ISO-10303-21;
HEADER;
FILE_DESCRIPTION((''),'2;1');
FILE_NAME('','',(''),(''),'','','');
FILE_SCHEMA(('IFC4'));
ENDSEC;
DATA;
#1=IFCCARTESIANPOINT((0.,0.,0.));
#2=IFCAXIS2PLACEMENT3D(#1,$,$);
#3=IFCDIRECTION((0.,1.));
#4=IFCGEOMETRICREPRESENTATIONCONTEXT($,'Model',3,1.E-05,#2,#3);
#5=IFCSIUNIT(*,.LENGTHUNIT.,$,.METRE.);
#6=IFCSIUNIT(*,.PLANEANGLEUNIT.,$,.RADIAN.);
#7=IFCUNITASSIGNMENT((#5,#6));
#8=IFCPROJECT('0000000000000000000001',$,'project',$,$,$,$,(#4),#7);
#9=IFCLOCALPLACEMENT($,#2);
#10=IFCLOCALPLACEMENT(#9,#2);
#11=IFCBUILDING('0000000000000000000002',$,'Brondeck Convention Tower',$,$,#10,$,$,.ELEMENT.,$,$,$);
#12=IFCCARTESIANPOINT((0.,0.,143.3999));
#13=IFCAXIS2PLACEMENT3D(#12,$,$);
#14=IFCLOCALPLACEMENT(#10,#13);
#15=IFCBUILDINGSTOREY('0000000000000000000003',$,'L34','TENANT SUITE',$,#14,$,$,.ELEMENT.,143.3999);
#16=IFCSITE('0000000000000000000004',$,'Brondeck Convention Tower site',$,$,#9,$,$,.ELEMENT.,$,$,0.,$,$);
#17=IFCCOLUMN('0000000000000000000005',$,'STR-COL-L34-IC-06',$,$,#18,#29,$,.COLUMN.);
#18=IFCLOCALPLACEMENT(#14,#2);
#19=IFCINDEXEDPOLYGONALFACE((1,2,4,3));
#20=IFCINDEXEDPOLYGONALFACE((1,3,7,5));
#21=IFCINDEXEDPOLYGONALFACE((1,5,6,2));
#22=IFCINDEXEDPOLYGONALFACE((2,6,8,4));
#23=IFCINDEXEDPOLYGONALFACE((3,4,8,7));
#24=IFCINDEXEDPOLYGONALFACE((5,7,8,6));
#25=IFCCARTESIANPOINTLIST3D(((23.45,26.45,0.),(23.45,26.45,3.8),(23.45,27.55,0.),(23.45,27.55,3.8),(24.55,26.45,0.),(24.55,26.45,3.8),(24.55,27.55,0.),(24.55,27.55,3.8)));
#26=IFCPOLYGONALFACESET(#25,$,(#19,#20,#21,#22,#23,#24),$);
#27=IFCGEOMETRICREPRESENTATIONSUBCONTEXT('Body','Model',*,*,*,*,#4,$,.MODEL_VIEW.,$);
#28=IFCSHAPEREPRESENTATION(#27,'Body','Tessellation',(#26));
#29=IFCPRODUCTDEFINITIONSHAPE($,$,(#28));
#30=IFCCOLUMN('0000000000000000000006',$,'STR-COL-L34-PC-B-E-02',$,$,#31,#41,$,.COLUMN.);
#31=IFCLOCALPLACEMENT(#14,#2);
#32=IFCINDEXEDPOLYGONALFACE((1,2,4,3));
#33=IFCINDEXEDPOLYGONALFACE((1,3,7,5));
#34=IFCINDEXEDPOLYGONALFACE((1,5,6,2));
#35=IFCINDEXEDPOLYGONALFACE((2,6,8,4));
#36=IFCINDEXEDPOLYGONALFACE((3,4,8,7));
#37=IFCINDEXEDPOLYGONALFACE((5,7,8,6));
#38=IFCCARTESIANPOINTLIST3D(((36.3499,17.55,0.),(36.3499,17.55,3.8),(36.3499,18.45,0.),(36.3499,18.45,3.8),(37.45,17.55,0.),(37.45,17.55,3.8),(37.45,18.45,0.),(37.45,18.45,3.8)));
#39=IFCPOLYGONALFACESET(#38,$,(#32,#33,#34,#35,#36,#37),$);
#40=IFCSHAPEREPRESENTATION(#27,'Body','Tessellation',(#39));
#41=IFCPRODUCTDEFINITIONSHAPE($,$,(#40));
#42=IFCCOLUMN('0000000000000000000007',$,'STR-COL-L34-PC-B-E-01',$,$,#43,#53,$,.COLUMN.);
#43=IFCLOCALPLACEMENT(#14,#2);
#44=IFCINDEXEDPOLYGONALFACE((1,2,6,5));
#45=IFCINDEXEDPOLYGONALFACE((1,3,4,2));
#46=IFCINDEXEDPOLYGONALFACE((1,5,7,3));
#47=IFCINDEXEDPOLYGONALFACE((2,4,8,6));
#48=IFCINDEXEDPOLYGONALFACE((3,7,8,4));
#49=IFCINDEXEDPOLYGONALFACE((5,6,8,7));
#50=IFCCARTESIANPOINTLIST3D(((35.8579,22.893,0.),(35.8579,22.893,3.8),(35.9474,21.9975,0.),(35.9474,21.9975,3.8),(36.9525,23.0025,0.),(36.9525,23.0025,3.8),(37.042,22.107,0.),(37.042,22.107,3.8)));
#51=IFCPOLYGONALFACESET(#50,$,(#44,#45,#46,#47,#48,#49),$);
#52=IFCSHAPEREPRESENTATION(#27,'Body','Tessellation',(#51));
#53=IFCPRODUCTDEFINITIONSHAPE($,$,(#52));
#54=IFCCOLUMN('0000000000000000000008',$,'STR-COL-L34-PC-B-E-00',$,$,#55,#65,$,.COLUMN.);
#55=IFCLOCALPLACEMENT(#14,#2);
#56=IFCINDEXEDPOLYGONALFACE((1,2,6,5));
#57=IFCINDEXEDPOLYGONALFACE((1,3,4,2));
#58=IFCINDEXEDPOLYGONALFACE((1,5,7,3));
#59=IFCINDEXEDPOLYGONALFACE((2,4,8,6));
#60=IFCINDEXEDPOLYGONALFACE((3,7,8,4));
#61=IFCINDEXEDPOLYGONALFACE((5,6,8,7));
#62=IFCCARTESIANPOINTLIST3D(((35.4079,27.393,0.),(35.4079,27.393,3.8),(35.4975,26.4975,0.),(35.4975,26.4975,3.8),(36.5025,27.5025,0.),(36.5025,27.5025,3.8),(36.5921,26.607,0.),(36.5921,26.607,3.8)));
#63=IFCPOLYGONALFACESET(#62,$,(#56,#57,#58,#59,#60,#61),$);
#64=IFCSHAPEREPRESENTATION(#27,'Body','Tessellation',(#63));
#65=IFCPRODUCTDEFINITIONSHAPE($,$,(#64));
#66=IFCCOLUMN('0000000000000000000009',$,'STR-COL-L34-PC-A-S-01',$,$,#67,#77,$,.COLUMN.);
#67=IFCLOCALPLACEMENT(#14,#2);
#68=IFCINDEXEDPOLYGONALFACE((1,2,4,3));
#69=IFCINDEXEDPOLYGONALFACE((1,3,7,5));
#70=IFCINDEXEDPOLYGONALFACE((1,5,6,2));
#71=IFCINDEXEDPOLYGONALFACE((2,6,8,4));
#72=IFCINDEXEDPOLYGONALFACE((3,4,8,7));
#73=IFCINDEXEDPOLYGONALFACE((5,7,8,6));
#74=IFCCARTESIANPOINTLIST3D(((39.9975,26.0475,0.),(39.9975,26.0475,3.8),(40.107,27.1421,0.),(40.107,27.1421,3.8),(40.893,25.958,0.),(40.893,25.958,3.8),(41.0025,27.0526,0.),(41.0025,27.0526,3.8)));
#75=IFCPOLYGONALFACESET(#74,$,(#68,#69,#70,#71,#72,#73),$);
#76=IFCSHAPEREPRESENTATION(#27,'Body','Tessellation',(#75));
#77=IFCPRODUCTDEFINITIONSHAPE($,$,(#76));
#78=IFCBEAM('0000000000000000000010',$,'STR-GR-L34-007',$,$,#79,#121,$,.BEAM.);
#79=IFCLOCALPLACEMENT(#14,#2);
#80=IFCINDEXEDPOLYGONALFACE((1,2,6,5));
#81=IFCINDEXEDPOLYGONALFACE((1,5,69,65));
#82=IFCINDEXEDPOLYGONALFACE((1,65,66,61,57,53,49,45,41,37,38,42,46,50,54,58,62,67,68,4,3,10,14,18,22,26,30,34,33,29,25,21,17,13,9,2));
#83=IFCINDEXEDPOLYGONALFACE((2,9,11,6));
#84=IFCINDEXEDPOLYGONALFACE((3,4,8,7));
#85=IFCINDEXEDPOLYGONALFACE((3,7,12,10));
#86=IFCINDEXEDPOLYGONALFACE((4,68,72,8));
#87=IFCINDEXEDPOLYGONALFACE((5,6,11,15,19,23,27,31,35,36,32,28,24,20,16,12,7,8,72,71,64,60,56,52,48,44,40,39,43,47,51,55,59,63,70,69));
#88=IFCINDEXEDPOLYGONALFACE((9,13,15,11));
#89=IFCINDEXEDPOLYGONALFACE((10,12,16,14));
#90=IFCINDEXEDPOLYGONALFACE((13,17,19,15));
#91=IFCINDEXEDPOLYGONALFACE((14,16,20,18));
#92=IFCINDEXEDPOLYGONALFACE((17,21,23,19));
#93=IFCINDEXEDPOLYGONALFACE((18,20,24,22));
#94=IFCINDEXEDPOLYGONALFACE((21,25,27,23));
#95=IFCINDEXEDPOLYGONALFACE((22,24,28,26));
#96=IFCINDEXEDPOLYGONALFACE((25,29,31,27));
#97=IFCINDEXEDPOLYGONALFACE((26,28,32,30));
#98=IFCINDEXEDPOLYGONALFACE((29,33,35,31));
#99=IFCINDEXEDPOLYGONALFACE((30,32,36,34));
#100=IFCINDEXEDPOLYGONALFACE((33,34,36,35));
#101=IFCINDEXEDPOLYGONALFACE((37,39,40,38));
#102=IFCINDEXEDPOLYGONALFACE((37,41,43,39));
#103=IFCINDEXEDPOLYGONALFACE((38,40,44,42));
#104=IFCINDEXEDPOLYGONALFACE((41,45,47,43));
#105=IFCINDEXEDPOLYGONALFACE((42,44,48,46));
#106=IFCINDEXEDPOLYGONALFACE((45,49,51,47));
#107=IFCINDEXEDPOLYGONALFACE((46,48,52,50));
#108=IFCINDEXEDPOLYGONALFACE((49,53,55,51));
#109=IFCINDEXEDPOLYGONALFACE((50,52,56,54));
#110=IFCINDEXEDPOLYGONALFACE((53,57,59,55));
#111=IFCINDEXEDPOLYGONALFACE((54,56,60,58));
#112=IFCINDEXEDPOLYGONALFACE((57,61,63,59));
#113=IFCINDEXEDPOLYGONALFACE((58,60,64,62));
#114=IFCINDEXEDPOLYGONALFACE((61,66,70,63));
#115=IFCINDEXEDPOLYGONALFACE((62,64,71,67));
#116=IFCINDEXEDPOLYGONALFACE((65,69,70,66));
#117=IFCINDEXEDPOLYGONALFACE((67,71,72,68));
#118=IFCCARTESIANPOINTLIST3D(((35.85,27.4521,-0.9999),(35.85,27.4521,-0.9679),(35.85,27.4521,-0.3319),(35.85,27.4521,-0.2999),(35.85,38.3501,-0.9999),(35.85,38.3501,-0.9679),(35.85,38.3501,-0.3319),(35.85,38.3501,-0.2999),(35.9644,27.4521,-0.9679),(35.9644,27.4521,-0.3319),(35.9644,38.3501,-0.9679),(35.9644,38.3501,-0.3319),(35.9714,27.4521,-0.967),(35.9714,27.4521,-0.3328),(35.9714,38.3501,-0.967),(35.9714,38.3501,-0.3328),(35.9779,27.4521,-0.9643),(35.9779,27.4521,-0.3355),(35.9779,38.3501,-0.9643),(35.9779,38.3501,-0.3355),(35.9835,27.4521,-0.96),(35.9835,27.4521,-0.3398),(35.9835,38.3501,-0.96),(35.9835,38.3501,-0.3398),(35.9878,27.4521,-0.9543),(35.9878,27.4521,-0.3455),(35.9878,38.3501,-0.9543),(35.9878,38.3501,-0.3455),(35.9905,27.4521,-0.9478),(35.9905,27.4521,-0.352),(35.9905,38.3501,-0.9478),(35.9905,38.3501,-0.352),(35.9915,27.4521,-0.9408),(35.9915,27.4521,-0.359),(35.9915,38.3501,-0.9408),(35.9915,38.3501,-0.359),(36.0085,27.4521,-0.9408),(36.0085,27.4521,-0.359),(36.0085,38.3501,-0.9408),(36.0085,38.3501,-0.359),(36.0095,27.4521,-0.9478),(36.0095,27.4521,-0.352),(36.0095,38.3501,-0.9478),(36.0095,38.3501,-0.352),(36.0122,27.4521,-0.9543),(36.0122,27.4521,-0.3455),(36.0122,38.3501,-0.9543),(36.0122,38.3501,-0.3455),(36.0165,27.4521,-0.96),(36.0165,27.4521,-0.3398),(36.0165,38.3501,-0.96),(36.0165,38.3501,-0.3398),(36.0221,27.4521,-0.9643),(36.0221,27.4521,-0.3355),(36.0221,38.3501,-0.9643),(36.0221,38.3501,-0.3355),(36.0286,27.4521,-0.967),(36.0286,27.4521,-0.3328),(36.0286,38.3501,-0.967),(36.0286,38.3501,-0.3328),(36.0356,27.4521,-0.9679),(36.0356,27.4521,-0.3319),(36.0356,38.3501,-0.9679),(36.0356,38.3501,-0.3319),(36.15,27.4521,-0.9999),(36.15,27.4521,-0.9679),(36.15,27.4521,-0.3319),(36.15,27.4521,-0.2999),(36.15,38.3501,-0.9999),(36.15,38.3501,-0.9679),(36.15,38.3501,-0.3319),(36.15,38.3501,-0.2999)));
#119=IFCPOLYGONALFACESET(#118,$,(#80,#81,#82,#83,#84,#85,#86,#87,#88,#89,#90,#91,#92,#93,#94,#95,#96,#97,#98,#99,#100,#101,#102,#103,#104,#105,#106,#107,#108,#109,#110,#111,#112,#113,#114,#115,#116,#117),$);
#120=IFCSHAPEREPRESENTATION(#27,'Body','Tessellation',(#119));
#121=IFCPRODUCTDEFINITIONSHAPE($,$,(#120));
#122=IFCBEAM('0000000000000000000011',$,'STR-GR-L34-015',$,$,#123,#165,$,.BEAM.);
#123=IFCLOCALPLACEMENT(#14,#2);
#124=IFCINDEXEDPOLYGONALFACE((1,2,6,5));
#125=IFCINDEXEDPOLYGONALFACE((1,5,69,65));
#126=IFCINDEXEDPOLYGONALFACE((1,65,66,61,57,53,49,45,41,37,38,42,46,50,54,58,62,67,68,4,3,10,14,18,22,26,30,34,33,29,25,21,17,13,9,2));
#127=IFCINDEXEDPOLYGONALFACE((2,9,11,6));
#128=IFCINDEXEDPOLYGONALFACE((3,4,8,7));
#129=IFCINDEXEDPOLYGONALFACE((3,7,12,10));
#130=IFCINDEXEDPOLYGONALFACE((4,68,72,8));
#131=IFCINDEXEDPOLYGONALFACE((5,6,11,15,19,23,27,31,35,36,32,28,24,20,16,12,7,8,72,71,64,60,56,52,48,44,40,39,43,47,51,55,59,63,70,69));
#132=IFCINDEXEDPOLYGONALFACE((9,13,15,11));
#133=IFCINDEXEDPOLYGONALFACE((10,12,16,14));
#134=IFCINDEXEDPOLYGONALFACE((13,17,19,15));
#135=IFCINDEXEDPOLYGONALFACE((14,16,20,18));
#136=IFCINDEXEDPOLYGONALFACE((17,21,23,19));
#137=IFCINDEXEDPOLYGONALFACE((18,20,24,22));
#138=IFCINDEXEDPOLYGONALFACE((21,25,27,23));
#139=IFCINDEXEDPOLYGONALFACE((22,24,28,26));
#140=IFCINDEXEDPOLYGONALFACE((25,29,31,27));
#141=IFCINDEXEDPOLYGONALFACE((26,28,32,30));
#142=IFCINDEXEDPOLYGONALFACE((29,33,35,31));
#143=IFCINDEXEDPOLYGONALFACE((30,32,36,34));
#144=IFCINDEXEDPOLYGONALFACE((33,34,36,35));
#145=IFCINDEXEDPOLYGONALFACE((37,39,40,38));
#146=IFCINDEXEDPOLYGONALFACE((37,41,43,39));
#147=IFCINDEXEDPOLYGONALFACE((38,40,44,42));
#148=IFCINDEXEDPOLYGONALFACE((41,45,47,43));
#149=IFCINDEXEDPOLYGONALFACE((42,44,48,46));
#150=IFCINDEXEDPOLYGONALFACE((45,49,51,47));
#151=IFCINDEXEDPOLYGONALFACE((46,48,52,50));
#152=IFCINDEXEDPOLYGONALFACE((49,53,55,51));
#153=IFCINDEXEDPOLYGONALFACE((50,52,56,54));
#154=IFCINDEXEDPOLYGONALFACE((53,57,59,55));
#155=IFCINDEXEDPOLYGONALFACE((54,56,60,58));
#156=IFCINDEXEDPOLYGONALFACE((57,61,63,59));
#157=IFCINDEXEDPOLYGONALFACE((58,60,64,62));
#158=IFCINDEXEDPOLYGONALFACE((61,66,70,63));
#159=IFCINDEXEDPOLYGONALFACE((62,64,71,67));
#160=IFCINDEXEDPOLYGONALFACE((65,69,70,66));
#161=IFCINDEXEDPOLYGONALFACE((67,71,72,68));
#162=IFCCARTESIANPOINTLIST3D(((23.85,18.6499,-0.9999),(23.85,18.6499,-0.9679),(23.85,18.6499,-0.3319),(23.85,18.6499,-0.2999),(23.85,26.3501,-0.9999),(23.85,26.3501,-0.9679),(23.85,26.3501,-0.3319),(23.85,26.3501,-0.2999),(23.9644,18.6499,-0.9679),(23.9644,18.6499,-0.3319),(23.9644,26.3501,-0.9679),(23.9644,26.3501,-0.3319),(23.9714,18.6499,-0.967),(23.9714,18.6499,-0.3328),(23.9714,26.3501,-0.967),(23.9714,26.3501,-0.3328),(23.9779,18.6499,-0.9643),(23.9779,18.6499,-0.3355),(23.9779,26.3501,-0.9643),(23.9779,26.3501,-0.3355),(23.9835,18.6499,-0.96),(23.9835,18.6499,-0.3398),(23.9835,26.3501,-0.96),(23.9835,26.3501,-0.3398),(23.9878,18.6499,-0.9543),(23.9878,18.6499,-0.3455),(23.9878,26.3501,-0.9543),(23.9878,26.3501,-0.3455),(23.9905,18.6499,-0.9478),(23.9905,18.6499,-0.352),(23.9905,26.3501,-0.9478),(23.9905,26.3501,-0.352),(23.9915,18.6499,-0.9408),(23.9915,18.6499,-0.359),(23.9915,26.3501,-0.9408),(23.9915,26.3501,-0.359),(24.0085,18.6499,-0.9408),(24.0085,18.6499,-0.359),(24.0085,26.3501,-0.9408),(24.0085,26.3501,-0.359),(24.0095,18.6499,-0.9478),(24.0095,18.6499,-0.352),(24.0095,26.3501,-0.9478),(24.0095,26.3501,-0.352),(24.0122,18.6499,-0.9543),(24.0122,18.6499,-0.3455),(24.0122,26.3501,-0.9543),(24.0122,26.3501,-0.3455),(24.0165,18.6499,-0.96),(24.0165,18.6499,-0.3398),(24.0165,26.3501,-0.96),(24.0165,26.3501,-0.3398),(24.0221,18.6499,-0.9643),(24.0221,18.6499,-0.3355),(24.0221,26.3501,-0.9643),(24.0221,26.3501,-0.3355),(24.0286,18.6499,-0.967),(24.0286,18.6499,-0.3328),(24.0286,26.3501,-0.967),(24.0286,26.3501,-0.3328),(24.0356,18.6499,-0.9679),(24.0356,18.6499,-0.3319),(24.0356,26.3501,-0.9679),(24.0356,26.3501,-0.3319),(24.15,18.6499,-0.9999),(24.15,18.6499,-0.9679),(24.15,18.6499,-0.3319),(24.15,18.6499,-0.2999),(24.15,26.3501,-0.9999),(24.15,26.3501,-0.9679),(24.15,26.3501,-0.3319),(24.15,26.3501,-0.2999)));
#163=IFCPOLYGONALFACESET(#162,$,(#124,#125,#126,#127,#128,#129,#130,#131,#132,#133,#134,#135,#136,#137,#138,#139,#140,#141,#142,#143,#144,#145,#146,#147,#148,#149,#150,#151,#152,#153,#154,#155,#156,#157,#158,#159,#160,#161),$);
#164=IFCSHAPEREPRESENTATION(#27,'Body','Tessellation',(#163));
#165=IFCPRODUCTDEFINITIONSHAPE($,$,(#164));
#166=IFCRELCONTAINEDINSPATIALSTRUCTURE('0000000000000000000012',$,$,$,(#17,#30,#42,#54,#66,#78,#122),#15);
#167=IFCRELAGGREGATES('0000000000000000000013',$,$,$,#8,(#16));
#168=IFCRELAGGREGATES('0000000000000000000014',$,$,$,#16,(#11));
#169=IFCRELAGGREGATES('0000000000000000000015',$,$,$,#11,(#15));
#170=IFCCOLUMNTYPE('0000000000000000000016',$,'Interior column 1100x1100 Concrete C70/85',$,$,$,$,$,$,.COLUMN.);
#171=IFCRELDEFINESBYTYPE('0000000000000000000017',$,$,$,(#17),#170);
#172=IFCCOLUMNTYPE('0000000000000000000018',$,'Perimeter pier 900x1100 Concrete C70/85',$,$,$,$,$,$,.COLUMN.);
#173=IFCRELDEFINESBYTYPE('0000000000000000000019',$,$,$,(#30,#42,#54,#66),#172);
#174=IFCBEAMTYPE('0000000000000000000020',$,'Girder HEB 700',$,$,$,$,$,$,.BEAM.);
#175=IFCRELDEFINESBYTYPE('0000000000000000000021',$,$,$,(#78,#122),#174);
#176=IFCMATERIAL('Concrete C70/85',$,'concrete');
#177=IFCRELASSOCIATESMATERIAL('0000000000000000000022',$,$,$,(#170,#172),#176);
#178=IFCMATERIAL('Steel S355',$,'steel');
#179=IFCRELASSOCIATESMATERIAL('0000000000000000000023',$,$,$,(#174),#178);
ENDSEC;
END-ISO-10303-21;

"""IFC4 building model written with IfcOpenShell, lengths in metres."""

from ifc_helpers import new_model, si_unit, direction, frame, origin, origin_2d, place, context, subcontext, project, spatial, rectangle, i_section, extrude, material, material_profile, profile_set, type_object, element, save


model = new_model("IFC4")

# Units and contexts
model_context = context("Model", 3, precision=1e-05, world=origin(), true_north=direction((0.0, 1.0)))
body_context = subcontext(model_context, "Body", "Model", "MODEL_VIEW")
ifc_project = project(units=[si_unit("LENGTHUNIT", "METRE"), si_unit("PLANEANGLEUNIT", "RADIAN")], contexts=[model_context])

# Site, building, storey
site_placement = place(None, origin())
site = spatial("IfcSite", under=ifc_project, at=site_placement, Name="Brondeck Convention Tower site", CompositionType="ELEMENT", RefElevation=0.0)
building_placement = place(site_placement, origin())
building = spatial("IfcBuilding", under=site, at=building_placement, Name="Brondeck Convention Tower", CompositionType="ELEMENT")
storey_placement = place(building_placement, frame((0.0, 0.0, 143.3999)))
storey = spatial("IfcBuildingStorey", under=building, at=storey_placement, Name="L34", Description="TENANT SUITE", CompositionType="ELEMENT", Elevation=143.3999)

# Columns
ifc_material_1 = material(Name="Concrete C70/85", Category="concrete")
ifc_material_profile_1 = material_profile(ifc_material_1, rectangle(XDim=1.1001, YDim=1.1001, at=origin_2d()), Name="Interior column 1100x1100 Concrete C70/85")
ifc_profile_set_1 = profile_set([ifc_material_profile_1], Name="Concrete C70/85")
column_type_1 = type_object("IfcColumnType", Name="Interior column 1100x1100 Concrete C70/85", PredefinedType="COLUMN", material=ifc_profile_set_1)
column_placement = place(storey_placement, frame((24.0, 27.0, 0.0), z_axis=(0.0, 0.0, 1.0), x_axis=(1.0, 0.0, 0.0)))
element("IfcColumn", 1, at=column_placement, inside=storey, type_object=column_type_1, Name="STR-COL-L34-IC-06", PredefinedType="COLUMN", context=body_context, shape_type="SweptSolid", body=[
    extrude(rectangle(XDim=1.1001, YDim=1.1001, at=origin_2d()), origin(), (0.0, 0.0, 1.0), 3.8),
])
ifc_material_profile_2 = material_profile(ifc_material_1, rectangle(XDim=0.8999, YDim=1.1001, at=origin_2d()), Name="Perimeter pier 900x1100 Concrete C70/85")
ifc_profile_set_2 = profile_set([ifc_material_profile_2], Name="Concrete C70/85")
column_type_2 = type_object("IfcColumnType", Name="Perimeter pier 900x1100 Concrete C70/85", PredefinedType="COLUMN", material=ifc_profile_set_2)
for number, where, z_axis, x_axis, name in (
    (2, (36.8999, 18.0, 0.0), (0.0, 0.0, 1.0), (0.0, 1.0, 0.0), "STR-COL-L34-PC-B-E-02"),
    (3, (36.45, 22.5, 0.0), (0.0, 0.0, 1.0), (-0.099504, 0.995037, 0.0), "STR-COL-L34-PC-B-E-01"),
    (4, (36.0, 27.0, 0.0), (0.0, 0.0, 1.0), (-0.099504, 0.995037, 0.0), "STR-COL-L34-PC-B-E-00"),
    (5, (40.5, 26.55, 0.0), (0.0, 0.0, 1.0), (0.995037, -0.099504, 0.0), "STR-COL-L34-PC-A-S-01"),
):
    element("IfcColumn", number, at=place(storey_placement, frame(where, z_axis=z_axis, x_axis=x_axis)), inside=storey, type_object=column_type_2, Name=name, PredefinedType="COLUMN", context=body_context, shape_type="SweptSolid", body=[
        extrude(rectangle(XDim=0.8999, YDim=1.1001, at=origin_2d()), origin(), (0.0, 0.0, 1.0), 3.8),
    ])

# Beams
ifc_material_2 = material(Name="Steel S355", Category="steel")
ifc_material_profile_3 = material_profile(ifc_material_2, i_section(OverallWidth=0.3, OverallDepth=0.7, WebThickness=0.0171, FlangeThickness=0.032, FilletRadius=0.0271, at=origin_2d()), Name="HEB 700")
ifc_profile_set_3 = profile_set([ifc_material_profile_3], Name="Steel S355")
beam_type_1 = type_object("IfcBeamType", Name="Girder HEB 700", PredefinedType="BEAM", material=ifc_profile_set_3)
beam_1_placement = place(storey_placement, frame((36.0, 27.4521, -0.6499), z_axis=(0.0, 1.0, 0.0), x_axis=(-1.0, 0.0, 0.0)))
element("IfcBeam", 6, at=beam_1_placement, inside=storey, type_object=beam_type_1, Name="STR-GR-L34-007", PredefinedType="BEAM", context=body_context, shape_type="SweptSolid", body=[
    extrude(i_section(OverallWidth=0.3, OverallDepth=0.7, WebThickness=0.0171, FlangeThickness=0.032, FilletRadius=0.0271, at=origin_2d()), origin(), (0.0, 0.0, 1.0), 10.8979),
])
beam_2_placement = place(storey_placement, frame((24.0, 26.3501, -0.6499), z_axis=(0.0, -1.0, 0.0), x_axis=(1.0, 0.0, 0.0)))
element("IfcBeam", 7, at=beam_2_placement, inside=storey, type_object=beam_type_1, Name="STR-GR-L34-015", PredefinedType="BEAM", context=body_context, shape_type="SweptSolid", body=[
    extrude(i_section(OverallWidth=0.3, OverallDepth=0.7, WebThickness=0.0171, FlangeThickness=0.032, FilletRadius=0.0271, at=origin_2d()), origin(), (0.0, 0.0, 1.0), 7.7002),
])

save(model, "model.ifc")
